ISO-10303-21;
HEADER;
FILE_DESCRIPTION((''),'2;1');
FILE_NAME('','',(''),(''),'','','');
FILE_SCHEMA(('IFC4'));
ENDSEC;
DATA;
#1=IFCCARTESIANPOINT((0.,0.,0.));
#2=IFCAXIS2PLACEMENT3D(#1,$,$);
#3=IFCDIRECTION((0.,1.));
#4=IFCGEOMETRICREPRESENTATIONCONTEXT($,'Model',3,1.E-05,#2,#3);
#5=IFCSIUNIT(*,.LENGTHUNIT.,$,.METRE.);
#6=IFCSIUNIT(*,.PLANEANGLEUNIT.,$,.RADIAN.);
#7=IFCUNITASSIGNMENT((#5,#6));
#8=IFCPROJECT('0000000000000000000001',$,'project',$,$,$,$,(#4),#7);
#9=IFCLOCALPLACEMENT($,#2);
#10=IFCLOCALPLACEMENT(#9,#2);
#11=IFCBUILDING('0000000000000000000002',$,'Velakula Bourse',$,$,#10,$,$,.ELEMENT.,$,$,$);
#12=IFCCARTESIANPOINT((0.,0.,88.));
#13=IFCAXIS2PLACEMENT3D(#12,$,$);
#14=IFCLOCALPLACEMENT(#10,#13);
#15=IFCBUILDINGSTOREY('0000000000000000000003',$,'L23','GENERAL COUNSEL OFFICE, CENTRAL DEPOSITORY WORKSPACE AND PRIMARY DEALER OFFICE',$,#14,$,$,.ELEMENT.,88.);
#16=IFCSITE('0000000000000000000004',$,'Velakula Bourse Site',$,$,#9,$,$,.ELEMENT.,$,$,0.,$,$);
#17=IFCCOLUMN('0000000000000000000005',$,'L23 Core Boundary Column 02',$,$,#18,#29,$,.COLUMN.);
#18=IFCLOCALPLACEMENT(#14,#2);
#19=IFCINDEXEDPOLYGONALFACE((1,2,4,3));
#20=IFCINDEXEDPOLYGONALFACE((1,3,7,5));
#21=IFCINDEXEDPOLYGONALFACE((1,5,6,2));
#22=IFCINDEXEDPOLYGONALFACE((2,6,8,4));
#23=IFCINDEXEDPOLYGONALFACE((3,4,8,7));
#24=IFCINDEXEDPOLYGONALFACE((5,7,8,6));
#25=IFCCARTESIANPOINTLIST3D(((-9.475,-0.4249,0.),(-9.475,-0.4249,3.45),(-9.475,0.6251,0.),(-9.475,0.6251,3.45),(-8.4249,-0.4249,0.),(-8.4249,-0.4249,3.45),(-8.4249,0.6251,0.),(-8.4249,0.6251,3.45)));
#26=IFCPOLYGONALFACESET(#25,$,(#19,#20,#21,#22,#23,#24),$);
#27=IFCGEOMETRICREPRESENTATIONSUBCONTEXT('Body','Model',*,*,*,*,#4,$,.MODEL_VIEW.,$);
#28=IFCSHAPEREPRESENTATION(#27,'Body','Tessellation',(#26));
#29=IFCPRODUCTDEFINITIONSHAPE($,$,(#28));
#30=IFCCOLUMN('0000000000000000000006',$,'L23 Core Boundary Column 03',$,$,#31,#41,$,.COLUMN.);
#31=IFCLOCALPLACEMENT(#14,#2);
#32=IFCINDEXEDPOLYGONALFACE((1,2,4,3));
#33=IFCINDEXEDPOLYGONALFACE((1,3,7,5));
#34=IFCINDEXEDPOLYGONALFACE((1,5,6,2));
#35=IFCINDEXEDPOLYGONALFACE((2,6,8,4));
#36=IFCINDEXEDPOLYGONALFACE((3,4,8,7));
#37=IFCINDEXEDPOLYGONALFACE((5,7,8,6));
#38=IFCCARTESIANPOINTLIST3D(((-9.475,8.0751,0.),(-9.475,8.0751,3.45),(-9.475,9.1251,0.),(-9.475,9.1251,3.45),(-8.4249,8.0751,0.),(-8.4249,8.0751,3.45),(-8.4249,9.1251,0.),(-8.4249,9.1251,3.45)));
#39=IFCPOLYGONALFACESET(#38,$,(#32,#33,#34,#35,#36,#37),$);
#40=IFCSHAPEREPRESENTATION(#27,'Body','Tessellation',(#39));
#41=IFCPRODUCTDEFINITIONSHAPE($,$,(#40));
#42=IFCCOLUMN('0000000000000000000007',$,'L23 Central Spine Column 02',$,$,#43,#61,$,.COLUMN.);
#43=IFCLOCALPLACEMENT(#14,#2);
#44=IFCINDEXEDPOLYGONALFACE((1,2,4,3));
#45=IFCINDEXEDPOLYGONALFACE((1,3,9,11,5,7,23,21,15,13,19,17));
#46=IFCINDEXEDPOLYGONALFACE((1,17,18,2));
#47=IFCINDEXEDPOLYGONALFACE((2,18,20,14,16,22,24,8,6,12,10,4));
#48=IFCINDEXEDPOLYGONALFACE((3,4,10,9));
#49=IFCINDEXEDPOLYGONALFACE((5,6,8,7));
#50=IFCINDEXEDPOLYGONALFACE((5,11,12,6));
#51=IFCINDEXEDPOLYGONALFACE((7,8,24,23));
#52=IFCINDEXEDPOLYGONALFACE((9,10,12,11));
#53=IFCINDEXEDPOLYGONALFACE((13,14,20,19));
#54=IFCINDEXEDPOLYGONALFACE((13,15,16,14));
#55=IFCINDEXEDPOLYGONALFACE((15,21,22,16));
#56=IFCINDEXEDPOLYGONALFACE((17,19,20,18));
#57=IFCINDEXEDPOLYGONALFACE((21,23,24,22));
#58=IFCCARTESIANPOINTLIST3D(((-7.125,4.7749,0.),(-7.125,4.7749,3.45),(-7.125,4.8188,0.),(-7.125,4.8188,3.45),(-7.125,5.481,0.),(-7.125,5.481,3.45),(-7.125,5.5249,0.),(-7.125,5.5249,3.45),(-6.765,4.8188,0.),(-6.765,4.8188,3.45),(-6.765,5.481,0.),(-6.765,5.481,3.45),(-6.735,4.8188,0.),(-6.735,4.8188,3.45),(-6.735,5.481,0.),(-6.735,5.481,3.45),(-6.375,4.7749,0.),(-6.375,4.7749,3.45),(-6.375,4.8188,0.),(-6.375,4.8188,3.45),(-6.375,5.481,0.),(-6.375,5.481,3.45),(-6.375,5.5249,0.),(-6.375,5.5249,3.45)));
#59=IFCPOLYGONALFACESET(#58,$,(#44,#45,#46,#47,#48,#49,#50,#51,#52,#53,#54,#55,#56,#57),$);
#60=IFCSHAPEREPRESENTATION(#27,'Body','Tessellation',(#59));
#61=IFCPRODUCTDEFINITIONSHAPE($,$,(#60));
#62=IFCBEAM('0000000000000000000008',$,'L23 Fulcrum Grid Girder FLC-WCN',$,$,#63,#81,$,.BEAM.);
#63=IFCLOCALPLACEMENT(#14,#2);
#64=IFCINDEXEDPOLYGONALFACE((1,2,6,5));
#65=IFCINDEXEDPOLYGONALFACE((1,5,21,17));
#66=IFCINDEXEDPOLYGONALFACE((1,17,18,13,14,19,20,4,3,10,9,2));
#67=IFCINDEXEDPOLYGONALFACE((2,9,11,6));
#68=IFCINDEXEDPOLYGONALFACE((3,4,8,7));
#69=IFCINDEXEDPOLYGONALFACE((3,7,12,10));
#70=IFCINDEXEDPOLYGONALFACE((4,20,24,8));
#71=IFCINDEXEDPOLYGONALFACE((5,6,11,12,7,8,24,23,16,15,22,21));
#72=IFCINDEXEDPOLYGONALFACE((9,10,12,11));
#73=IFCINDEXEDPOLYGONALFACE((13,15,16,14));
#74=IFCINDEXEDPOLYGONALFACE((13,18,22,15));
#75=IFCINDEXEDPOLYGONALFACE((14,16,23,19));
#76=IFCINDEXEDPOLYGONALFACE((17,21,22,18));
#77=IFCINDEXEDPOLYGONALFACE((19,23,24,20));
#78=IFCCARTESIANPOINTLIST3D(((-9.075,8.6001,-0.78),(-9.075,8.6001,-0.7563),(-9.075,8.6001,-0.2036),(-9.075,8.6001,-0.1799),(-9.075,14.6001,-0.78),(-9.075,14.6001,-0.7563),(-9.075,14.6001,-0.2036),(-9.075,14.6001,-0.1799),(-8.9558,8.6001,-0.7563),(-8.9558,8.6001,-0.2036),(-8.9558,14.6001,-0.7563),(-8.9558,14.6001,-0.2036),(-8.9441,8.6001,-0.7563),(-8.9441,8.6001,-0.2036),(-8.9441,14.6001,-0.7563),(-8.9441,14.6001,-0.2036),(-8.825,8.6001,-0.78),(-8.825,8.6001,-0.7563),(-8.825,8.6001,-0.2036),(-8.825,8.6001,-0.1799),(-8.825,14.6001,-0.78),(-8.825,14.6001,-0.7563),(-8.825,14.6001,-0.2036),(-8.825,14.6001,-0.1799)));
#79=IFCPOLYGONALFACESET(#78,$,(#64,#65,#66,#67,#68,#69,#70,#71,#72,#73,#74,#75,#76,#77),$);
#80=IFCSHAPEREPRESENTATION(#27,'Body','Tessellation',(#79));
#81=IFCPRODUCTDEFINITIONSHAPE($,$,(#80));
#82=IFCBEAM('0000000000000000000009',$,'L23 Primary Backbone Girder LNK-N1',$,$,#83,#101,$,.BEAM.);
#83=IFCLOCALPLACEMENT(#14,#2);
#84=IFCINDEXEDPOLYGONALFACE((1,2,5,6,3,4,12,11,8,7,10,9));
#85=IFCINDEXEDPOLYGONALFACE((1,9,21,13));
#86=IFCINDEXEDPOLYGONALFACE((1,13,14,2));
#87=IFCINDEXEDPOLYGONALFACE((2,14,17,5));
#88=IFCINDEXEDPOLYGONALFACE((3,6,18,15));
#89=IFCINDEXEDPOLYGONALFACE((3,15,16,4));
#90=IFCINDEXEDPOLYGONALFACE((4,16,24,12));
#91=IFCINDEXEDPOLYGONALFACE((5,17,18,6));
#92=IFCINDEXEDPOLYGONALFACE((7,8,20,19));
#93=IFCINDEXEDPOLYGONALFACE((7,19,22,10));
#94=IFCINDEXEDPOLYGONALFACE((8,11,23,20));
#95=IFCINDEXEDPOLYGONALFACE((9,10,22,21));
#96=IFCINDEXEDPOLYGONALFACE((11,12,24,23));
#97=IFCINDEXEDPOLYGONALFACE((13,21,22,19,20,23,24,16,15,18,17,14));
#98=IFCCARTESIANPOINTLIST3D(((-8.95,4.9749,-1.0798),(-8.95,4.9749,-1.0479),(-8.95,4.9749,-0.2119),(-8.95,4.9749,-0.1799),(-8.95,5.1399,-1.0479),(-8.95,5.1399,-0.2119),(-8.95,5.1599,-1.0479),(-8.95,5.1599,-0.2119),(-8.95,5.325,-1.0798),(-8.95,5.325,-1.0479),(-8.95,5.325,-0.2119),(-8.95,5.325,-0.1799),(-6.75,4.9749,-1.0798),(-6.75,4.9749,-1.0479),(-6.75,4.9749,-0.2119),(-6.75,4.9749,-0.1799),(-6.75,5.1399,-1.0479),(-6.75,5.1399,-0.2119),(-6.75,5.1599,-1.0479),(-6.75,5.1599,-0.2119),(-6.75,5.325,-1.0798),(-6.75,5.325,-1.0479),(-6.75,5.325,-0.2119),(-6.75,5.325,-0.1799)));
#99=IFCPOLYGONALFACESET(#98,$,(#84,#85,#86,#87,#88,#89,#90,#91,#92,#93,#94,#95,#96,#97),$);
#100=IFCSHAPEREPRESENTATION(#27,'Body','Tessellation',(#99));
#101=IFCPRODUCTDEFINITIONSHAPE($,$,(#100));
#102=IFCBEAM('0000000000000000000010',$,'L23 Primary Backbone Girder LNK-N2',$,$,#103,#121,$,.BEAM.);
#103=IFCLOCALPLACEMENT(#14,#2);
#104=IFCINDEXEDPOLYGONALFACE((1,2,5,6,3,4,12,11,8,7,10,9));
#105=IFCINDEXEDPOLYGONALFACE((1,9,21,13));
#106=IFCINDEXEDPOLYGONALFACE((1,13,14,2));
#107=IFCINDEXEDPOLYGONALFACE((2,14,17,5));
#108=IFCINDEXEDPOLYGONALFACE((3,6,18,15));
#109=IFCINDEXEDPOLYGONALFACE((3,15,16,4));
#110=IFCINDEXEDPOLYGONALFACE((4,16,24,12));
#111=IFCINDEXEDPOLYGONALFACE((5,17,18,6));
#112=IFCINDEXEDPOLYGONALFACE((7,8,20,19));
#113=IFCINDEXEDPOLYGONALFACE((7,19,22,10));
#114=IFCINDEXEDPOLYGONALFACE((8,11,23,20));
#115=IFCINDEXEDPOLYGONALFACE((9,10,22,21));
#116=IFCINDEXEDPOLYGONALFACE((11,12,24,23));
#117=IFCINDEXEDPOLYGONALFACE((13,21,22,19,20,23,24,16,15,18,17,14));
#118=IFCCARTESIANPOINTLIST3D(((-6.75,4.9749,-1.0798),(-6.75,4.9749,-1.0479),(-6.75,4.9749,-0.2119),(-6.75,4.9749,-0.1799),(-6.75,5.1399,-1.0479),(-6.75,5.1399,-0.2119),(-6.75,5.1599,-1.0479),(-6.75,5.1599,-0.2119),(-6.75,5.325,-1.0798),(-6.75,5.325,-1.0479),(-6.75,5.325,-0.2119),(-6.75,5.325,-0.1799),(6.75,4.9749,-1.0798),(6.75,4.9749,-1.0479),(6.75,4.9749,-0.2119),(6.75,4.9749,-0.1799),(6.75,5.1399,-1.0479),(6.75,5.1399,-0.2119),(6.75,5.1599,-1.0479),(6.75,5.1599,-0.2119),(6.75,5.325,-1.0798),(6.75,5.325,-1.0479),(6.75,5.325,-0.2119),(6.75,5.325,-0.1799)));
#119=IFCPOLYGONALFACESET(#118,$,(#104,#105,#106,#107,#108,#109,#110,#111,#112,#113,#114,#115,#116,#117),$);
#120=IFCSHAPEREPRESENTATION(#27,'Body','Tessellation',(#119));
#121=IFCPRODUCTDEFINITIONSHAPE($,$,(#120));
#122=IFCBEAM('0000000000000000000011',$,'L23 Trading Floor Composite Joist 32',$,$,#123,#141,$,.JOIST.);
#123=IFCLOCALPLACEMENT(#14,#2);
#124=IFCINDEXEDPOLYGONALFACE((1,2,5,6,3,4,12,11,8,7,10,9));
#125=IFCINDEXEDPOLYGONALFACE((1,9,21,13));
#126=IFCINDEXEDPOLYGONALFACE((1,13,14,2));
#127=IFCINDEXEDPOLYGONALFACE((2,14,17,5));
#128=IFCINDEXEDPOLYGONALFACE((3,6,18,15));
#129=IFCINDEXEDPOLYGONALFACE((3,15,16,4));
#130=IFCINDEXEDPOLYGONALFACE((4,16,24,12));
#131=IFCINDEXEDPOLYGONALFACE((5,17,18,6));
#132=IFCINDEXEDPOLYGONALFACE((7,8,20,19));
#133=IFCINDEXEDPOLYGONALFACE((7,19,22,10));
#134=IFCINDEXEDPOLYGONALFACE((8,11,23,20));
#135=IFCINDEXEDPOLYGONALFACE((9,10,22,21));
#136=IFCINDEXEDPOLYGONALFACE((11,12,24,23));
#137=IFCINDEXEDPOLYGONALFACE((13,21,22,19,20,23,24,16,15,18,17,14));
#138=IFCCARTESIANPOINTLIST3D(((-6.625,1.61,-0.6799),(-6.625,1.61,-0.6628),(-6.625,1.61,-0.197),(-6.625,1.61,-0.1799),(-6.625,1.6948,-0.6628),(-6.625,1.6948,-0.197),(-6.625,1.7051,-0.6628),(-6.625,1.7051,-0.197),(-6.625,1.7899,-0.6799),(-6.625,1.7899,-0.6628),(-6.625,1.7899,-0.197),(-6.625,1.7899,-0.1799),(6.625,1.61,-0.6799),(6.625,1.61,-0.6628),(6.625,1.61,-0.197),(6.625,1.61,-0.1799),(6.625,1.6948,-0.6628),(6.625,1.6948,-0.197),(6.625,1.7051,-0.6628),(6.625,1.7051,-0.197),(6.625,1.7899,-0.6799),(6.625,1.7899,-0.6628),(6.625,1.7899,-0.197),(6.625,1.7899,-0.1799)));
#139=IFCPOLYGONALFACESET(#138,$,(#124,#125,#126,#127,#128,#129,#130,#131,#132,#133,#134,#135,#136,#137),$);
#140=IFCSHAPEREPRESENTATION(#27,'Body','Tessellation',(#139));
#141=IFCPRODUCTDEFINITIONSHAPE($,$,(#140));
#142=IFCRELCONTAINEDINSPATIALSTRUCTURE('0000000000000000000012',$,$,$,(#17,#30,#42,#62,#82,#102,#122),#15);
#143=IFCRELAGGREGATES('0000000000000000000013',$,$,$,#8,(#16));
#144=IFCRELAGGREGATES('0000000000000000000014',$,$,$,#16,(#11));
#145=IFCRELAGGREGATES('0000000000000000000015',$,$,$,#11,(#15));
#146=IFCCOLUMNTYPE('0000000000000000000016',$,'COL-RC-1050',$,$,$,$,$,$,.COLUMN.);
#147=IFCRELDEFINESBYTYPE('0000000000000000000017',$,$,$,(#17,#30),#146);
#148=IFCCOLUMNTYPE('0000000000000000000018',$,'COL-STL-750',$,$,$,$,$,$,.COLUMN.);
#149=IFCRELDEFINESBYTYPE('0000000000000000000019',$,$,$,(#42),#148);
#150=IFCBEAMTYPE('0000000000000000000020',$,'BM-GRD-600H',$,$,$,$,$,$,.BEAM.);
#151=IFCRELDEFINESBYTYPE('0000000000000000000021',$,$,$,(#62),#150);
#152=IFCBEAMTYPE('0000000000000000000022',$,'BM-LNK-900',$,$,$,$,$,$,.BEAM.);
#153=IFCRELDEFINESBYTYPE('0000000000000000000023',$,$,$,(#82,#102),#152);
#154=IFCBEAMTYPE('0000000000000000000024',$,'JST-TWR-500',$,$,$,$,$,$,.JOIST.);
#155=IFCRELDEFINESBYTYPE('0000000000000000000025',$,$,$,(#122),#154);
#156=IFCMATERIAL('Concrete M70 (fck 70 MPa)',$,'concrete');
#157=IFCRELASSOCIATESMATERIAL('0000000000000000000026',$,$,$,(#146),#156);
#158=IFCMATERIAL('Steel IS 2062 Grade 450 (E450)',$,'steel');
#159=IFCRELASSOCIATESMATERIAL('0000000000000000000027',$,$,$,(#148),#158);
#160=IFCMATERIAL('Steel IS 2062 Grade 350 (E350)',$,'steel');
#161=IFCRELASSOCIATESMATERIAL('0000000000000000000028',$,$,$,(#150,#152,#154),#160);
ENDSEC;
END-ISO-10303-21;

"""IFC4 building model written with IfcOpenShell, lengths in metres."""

from ifc_helpers import new_model, si_unit, direction, frame, origin, origin_2d, place, context, subcontext, project, spatial, rectangle, i_section, extrude, material, material_profile, profile_set, type_object, element, save


model = new_model("IFC4")

# Units and contexts
model_context = context("Model", 3, precision=1e-05, world=origin(), true_north=direction((0.0, 1.0)))
body_context = subcontext(model_context, "Body", "Model", "MODEL_VIEW")
ifc_project = project(units=[si_unit("LENGTHUNIT", "METRE"), si_unit("PLANEANGLEUNIT", "RADIAN")], contexts=[model_context])

# Site, building, storey
site_placement = place(None, origin())
site = spatial("IfcSite", under=ifc_project, at=site_placement, Name="Velakula Bourse Site", CompositionType="ELEMENT", RefElevation=0.0)
building_placement = place(site_placement, origin())
building = spatial("IfcBuilding", under=site, at=building_placement, Name="Velakula Bourse", CompositionType="ELEMENT")
storey_placement = place(building_placement, frame((0.0, 0.0, 88.0)))
storey = spatial("IfcBuildingStorey", under=building, at=storey_placement, Name="L23", Description="GENERAL COUNSEL OFFICE, CENTRAL DEPOSITORY WORKSPACE AND PRIMARY DEALER OFFICE", CompositionType="ELEMENT", Elevation=88.0)

# Columns
ifc_material_1 = material(Name="Concrete M70 (fck 70 MPa)", Category="concrete")
ifc_material_profile_1 = material_profile(ifc_material_1, rectangle(XDim=1.05, YDim=1.05, at=origin_2d()), Name="Concrete M70 (fck 70 MPa)")
ifc_profile_set_1 = profile_set([ifc_material_profile_1], Name="Concrete M70 (fck 70 MPa)")
column_type_1 = type_object("IfcColumnType", Name="COL-RC-1050", PredefinedType="COLUMN", material=ifc_profile_set_1)
for number, where, z_axis, x_axis, name in (
    (1, (-8.95, 0.1001, 0.0), (0.0, 0.0, 1.0), (1.0, 0.0, 0.0), "L23 Core Boundary Column 02"),
    (2, (-8.95, 8.6001, 0.0), (0.0, 0.0, 1.0), (1.0, 0.0, 0.0), "L23 Core Boundary Column 03"),
):
    element("IfcColumn", number, at=place(storey_placement, frame(where, z_axis=z_axis, x_axis=x_axis)), inside=storey, type_object=column_type_1, Name=name, PredefinedType="COLUMN", context=body_context, shape_type="SweptSolid", body=[
        extrude(rectangle(XDim=1.05, YDim=1.05, at=origin_2d()), origin(), (0.0, 0.0, 1.0), 3.45),
    ])
ifc_material_2 = material(Name="Steel IS 2062 Grade 450 (E450)", Category="steel")
ifc_material_profile_2 = material_profile(ifc_material_2, i_section(OverallWidth=0.75, OverallDepth=0.75, WebThickness=0.03, FlangeThickness=0.0439, at=origin_2d()), Name="Steel IS 2062 Grade 450 (E450)")
ifc_profile_set_2 = profile_set([ifc_material_profile_2], Name="Steel IS 2062 Grade 450 (E450)")
column_type_2 = type_object("IfcColumnType", Name="COL-STL-750", PredefinedType="COLUMN", material=ifc_profile_set_2)
column_placement = place(storey_placement, frame((-6.75, 5.1499, 0.0), z_axis=(0.0, 0.0, 1.0), x_axis=(1.0, 0.0, 0.0)))
element("IfcColumn", 3, at=column_placement, inside=storey, type_object=column_type_2, Name="L23 Central Spine Column 02", PredefinedType="COLUMN", context=body_context, shape_type="SweptSolid", body=[
    extrude(i_section(OverallWidth=0.75, OverallDepth=0.75, WebThickness=0.03, FlangeThickness=0.0439, at=origin_2d()), origin(), (0.0, 0.0, 1.0), 3.45),
])

# Beams
ifc_material_3 = material(Name="Steel IS 2062 Grade 350 (E350)", Category="steel")
ifc_material_profile_3 = material_profile(ifc_material_3, i_section(OverallWidth=0.25, OverallDepth=0.6001, WebThickness=0.0117, FlangeThickness=0.0237, at=origin_2d()), Name="Steel IS 2062 Grade 350 (E350)")
ifc_profile_set_3 = profile_set([ifc_material_profile_3], Name="Steel IS 2062 Grade 350 (E350)")
beam_type_1 = type_object("IfcBeamType", Name="BM-GRD-600H", PredefinedType="BEAM", material=ifc_profile_set_3)
beam_1_placement = place(storey_placement, frame((-8.95, 8.6001, -0.48), z_axis=(0.0, 1.0, 0.0), x_axis=(-1.0, 0.0, 0.0)))
element("IfcBeam", 4, at=beam_1_placement, inside=storey, type_object=beam_type_1, Name="L23 Fulcrum Grid Girder FLC-WCN", PredefinedType="BEAM", context=body_context, shape_type="SweptSolid", body=[
    extrude(i_section(OverallWidth=0.25, OverallDepth=0.6001, WebThickness=0.0117, FlangeThickness=0.0237, at=origin_2d()), origin(), (0.0, 0.0, 1.0), 6.0),
])
ifc_material_profile_4 = material_profile(ifc_material_3, i_section(OverallWidth=0.3501, OverallDepth=0.8999, WebThickness=0.02, FlangeThickness=0.032, at=origin_2d()), Name="Steel IS 2062 Grade 350 (E350)")
ifc_profile_set_4 = profile_set([ifc_material_profile_4], Name="Steel IS 2062 Grade 350 (E350)")
beam_type_2 = type_object("IfcBeamType", Name="BM-LNK-900", PredefinedType="BEAM", material=ifc_profile_set_4)
beam_2_placement = place(storey_placement, frame((-8.95, 5.1499, -0.6299), z_axis=(1.0, 0.0, 0.0), x_axis=(0.0, 1.0, 0.0)))
element("IfcBeam", 5, at=beam_2_placement, inside=storey, type_object=beam_type_2, Name="L23 Primary Backbone Girder LNK-N1", PredefinedType="BEAM", context=body_context, shape_type="SweptSolid", body=[
    extrude(i_section(OverallWidth=0.3501, OverallDepth=0.8999, WebThickness=0.02, FlangeThickness=0.032, at=origin_2d()), origin(), (0.0, 0.0, 1.0), 2.2),
])
beam_3_placement = place(storey_placement, frame((-6.75, 5.1499, -0.6299), z_axis=(1.0, 0.0, 0.0), x_axis=(0.0, 1.0, 0.0)))
element("IfcBeam", 6, at=beam_3_placement, inside=storey, type_object=beam_type_2, Name="L23 Primary Backbone Girder LNK-N2", PredefinedType="BEAM", context=body_context, shape_type="SweptSolid", body=[
    extrude(i_section(OverallWidth=0.3501, OverallDepth=0.8999, WebThickness=0.02, FlangeThickness=0.032, at=origin_2d()), origin(), (0.0, 0.0, 1.0), 13.5),
])
ifc_material_profile_5 = material_profile(ifc_material_3, i_section(OverallWidth=0.1799, OverallDepth=0.5, WebThickness=0.0103, FlangeThickness=0.0171, at=origin_2d()), Name="Steel IS 2062 Grade 350 (E350)")
ifc_profile_set_5 = profile_set([ifc_material_profile_5], Name="Steel IS 2062 Grade 350 (E350)")
beam_type_3 = type_object("IfcBeamType", Name="JST-TWR-500", PredefinedType="JOIST", material=ifc_profile_set_5)
beam_4_placement = place(storey_placement, frame((-6.625, 1.7, -0.4299), z_axis=(1.0, 0.0, 0.0), x_axis=(0.0, 1.0, 0.0)))
element("IfcBeam", 7, at=beam_4_placement, inside=storey, type_object=beam_type_3, Name="L23 Trading Floor Composite Joist 32", PredefinedType="JOIST", context=body_context, shape_type="SweptSolid", body=[
    extrude(i_section(OverallWidth=0.1799, OverallDepth=0.5, WebThickness=0.0103, FlangeThickness=0.0171, at=origin_2d()), origin(), (0.0, 0.0, 1.0), 13.25),
])

save(model, "model.ifc")
